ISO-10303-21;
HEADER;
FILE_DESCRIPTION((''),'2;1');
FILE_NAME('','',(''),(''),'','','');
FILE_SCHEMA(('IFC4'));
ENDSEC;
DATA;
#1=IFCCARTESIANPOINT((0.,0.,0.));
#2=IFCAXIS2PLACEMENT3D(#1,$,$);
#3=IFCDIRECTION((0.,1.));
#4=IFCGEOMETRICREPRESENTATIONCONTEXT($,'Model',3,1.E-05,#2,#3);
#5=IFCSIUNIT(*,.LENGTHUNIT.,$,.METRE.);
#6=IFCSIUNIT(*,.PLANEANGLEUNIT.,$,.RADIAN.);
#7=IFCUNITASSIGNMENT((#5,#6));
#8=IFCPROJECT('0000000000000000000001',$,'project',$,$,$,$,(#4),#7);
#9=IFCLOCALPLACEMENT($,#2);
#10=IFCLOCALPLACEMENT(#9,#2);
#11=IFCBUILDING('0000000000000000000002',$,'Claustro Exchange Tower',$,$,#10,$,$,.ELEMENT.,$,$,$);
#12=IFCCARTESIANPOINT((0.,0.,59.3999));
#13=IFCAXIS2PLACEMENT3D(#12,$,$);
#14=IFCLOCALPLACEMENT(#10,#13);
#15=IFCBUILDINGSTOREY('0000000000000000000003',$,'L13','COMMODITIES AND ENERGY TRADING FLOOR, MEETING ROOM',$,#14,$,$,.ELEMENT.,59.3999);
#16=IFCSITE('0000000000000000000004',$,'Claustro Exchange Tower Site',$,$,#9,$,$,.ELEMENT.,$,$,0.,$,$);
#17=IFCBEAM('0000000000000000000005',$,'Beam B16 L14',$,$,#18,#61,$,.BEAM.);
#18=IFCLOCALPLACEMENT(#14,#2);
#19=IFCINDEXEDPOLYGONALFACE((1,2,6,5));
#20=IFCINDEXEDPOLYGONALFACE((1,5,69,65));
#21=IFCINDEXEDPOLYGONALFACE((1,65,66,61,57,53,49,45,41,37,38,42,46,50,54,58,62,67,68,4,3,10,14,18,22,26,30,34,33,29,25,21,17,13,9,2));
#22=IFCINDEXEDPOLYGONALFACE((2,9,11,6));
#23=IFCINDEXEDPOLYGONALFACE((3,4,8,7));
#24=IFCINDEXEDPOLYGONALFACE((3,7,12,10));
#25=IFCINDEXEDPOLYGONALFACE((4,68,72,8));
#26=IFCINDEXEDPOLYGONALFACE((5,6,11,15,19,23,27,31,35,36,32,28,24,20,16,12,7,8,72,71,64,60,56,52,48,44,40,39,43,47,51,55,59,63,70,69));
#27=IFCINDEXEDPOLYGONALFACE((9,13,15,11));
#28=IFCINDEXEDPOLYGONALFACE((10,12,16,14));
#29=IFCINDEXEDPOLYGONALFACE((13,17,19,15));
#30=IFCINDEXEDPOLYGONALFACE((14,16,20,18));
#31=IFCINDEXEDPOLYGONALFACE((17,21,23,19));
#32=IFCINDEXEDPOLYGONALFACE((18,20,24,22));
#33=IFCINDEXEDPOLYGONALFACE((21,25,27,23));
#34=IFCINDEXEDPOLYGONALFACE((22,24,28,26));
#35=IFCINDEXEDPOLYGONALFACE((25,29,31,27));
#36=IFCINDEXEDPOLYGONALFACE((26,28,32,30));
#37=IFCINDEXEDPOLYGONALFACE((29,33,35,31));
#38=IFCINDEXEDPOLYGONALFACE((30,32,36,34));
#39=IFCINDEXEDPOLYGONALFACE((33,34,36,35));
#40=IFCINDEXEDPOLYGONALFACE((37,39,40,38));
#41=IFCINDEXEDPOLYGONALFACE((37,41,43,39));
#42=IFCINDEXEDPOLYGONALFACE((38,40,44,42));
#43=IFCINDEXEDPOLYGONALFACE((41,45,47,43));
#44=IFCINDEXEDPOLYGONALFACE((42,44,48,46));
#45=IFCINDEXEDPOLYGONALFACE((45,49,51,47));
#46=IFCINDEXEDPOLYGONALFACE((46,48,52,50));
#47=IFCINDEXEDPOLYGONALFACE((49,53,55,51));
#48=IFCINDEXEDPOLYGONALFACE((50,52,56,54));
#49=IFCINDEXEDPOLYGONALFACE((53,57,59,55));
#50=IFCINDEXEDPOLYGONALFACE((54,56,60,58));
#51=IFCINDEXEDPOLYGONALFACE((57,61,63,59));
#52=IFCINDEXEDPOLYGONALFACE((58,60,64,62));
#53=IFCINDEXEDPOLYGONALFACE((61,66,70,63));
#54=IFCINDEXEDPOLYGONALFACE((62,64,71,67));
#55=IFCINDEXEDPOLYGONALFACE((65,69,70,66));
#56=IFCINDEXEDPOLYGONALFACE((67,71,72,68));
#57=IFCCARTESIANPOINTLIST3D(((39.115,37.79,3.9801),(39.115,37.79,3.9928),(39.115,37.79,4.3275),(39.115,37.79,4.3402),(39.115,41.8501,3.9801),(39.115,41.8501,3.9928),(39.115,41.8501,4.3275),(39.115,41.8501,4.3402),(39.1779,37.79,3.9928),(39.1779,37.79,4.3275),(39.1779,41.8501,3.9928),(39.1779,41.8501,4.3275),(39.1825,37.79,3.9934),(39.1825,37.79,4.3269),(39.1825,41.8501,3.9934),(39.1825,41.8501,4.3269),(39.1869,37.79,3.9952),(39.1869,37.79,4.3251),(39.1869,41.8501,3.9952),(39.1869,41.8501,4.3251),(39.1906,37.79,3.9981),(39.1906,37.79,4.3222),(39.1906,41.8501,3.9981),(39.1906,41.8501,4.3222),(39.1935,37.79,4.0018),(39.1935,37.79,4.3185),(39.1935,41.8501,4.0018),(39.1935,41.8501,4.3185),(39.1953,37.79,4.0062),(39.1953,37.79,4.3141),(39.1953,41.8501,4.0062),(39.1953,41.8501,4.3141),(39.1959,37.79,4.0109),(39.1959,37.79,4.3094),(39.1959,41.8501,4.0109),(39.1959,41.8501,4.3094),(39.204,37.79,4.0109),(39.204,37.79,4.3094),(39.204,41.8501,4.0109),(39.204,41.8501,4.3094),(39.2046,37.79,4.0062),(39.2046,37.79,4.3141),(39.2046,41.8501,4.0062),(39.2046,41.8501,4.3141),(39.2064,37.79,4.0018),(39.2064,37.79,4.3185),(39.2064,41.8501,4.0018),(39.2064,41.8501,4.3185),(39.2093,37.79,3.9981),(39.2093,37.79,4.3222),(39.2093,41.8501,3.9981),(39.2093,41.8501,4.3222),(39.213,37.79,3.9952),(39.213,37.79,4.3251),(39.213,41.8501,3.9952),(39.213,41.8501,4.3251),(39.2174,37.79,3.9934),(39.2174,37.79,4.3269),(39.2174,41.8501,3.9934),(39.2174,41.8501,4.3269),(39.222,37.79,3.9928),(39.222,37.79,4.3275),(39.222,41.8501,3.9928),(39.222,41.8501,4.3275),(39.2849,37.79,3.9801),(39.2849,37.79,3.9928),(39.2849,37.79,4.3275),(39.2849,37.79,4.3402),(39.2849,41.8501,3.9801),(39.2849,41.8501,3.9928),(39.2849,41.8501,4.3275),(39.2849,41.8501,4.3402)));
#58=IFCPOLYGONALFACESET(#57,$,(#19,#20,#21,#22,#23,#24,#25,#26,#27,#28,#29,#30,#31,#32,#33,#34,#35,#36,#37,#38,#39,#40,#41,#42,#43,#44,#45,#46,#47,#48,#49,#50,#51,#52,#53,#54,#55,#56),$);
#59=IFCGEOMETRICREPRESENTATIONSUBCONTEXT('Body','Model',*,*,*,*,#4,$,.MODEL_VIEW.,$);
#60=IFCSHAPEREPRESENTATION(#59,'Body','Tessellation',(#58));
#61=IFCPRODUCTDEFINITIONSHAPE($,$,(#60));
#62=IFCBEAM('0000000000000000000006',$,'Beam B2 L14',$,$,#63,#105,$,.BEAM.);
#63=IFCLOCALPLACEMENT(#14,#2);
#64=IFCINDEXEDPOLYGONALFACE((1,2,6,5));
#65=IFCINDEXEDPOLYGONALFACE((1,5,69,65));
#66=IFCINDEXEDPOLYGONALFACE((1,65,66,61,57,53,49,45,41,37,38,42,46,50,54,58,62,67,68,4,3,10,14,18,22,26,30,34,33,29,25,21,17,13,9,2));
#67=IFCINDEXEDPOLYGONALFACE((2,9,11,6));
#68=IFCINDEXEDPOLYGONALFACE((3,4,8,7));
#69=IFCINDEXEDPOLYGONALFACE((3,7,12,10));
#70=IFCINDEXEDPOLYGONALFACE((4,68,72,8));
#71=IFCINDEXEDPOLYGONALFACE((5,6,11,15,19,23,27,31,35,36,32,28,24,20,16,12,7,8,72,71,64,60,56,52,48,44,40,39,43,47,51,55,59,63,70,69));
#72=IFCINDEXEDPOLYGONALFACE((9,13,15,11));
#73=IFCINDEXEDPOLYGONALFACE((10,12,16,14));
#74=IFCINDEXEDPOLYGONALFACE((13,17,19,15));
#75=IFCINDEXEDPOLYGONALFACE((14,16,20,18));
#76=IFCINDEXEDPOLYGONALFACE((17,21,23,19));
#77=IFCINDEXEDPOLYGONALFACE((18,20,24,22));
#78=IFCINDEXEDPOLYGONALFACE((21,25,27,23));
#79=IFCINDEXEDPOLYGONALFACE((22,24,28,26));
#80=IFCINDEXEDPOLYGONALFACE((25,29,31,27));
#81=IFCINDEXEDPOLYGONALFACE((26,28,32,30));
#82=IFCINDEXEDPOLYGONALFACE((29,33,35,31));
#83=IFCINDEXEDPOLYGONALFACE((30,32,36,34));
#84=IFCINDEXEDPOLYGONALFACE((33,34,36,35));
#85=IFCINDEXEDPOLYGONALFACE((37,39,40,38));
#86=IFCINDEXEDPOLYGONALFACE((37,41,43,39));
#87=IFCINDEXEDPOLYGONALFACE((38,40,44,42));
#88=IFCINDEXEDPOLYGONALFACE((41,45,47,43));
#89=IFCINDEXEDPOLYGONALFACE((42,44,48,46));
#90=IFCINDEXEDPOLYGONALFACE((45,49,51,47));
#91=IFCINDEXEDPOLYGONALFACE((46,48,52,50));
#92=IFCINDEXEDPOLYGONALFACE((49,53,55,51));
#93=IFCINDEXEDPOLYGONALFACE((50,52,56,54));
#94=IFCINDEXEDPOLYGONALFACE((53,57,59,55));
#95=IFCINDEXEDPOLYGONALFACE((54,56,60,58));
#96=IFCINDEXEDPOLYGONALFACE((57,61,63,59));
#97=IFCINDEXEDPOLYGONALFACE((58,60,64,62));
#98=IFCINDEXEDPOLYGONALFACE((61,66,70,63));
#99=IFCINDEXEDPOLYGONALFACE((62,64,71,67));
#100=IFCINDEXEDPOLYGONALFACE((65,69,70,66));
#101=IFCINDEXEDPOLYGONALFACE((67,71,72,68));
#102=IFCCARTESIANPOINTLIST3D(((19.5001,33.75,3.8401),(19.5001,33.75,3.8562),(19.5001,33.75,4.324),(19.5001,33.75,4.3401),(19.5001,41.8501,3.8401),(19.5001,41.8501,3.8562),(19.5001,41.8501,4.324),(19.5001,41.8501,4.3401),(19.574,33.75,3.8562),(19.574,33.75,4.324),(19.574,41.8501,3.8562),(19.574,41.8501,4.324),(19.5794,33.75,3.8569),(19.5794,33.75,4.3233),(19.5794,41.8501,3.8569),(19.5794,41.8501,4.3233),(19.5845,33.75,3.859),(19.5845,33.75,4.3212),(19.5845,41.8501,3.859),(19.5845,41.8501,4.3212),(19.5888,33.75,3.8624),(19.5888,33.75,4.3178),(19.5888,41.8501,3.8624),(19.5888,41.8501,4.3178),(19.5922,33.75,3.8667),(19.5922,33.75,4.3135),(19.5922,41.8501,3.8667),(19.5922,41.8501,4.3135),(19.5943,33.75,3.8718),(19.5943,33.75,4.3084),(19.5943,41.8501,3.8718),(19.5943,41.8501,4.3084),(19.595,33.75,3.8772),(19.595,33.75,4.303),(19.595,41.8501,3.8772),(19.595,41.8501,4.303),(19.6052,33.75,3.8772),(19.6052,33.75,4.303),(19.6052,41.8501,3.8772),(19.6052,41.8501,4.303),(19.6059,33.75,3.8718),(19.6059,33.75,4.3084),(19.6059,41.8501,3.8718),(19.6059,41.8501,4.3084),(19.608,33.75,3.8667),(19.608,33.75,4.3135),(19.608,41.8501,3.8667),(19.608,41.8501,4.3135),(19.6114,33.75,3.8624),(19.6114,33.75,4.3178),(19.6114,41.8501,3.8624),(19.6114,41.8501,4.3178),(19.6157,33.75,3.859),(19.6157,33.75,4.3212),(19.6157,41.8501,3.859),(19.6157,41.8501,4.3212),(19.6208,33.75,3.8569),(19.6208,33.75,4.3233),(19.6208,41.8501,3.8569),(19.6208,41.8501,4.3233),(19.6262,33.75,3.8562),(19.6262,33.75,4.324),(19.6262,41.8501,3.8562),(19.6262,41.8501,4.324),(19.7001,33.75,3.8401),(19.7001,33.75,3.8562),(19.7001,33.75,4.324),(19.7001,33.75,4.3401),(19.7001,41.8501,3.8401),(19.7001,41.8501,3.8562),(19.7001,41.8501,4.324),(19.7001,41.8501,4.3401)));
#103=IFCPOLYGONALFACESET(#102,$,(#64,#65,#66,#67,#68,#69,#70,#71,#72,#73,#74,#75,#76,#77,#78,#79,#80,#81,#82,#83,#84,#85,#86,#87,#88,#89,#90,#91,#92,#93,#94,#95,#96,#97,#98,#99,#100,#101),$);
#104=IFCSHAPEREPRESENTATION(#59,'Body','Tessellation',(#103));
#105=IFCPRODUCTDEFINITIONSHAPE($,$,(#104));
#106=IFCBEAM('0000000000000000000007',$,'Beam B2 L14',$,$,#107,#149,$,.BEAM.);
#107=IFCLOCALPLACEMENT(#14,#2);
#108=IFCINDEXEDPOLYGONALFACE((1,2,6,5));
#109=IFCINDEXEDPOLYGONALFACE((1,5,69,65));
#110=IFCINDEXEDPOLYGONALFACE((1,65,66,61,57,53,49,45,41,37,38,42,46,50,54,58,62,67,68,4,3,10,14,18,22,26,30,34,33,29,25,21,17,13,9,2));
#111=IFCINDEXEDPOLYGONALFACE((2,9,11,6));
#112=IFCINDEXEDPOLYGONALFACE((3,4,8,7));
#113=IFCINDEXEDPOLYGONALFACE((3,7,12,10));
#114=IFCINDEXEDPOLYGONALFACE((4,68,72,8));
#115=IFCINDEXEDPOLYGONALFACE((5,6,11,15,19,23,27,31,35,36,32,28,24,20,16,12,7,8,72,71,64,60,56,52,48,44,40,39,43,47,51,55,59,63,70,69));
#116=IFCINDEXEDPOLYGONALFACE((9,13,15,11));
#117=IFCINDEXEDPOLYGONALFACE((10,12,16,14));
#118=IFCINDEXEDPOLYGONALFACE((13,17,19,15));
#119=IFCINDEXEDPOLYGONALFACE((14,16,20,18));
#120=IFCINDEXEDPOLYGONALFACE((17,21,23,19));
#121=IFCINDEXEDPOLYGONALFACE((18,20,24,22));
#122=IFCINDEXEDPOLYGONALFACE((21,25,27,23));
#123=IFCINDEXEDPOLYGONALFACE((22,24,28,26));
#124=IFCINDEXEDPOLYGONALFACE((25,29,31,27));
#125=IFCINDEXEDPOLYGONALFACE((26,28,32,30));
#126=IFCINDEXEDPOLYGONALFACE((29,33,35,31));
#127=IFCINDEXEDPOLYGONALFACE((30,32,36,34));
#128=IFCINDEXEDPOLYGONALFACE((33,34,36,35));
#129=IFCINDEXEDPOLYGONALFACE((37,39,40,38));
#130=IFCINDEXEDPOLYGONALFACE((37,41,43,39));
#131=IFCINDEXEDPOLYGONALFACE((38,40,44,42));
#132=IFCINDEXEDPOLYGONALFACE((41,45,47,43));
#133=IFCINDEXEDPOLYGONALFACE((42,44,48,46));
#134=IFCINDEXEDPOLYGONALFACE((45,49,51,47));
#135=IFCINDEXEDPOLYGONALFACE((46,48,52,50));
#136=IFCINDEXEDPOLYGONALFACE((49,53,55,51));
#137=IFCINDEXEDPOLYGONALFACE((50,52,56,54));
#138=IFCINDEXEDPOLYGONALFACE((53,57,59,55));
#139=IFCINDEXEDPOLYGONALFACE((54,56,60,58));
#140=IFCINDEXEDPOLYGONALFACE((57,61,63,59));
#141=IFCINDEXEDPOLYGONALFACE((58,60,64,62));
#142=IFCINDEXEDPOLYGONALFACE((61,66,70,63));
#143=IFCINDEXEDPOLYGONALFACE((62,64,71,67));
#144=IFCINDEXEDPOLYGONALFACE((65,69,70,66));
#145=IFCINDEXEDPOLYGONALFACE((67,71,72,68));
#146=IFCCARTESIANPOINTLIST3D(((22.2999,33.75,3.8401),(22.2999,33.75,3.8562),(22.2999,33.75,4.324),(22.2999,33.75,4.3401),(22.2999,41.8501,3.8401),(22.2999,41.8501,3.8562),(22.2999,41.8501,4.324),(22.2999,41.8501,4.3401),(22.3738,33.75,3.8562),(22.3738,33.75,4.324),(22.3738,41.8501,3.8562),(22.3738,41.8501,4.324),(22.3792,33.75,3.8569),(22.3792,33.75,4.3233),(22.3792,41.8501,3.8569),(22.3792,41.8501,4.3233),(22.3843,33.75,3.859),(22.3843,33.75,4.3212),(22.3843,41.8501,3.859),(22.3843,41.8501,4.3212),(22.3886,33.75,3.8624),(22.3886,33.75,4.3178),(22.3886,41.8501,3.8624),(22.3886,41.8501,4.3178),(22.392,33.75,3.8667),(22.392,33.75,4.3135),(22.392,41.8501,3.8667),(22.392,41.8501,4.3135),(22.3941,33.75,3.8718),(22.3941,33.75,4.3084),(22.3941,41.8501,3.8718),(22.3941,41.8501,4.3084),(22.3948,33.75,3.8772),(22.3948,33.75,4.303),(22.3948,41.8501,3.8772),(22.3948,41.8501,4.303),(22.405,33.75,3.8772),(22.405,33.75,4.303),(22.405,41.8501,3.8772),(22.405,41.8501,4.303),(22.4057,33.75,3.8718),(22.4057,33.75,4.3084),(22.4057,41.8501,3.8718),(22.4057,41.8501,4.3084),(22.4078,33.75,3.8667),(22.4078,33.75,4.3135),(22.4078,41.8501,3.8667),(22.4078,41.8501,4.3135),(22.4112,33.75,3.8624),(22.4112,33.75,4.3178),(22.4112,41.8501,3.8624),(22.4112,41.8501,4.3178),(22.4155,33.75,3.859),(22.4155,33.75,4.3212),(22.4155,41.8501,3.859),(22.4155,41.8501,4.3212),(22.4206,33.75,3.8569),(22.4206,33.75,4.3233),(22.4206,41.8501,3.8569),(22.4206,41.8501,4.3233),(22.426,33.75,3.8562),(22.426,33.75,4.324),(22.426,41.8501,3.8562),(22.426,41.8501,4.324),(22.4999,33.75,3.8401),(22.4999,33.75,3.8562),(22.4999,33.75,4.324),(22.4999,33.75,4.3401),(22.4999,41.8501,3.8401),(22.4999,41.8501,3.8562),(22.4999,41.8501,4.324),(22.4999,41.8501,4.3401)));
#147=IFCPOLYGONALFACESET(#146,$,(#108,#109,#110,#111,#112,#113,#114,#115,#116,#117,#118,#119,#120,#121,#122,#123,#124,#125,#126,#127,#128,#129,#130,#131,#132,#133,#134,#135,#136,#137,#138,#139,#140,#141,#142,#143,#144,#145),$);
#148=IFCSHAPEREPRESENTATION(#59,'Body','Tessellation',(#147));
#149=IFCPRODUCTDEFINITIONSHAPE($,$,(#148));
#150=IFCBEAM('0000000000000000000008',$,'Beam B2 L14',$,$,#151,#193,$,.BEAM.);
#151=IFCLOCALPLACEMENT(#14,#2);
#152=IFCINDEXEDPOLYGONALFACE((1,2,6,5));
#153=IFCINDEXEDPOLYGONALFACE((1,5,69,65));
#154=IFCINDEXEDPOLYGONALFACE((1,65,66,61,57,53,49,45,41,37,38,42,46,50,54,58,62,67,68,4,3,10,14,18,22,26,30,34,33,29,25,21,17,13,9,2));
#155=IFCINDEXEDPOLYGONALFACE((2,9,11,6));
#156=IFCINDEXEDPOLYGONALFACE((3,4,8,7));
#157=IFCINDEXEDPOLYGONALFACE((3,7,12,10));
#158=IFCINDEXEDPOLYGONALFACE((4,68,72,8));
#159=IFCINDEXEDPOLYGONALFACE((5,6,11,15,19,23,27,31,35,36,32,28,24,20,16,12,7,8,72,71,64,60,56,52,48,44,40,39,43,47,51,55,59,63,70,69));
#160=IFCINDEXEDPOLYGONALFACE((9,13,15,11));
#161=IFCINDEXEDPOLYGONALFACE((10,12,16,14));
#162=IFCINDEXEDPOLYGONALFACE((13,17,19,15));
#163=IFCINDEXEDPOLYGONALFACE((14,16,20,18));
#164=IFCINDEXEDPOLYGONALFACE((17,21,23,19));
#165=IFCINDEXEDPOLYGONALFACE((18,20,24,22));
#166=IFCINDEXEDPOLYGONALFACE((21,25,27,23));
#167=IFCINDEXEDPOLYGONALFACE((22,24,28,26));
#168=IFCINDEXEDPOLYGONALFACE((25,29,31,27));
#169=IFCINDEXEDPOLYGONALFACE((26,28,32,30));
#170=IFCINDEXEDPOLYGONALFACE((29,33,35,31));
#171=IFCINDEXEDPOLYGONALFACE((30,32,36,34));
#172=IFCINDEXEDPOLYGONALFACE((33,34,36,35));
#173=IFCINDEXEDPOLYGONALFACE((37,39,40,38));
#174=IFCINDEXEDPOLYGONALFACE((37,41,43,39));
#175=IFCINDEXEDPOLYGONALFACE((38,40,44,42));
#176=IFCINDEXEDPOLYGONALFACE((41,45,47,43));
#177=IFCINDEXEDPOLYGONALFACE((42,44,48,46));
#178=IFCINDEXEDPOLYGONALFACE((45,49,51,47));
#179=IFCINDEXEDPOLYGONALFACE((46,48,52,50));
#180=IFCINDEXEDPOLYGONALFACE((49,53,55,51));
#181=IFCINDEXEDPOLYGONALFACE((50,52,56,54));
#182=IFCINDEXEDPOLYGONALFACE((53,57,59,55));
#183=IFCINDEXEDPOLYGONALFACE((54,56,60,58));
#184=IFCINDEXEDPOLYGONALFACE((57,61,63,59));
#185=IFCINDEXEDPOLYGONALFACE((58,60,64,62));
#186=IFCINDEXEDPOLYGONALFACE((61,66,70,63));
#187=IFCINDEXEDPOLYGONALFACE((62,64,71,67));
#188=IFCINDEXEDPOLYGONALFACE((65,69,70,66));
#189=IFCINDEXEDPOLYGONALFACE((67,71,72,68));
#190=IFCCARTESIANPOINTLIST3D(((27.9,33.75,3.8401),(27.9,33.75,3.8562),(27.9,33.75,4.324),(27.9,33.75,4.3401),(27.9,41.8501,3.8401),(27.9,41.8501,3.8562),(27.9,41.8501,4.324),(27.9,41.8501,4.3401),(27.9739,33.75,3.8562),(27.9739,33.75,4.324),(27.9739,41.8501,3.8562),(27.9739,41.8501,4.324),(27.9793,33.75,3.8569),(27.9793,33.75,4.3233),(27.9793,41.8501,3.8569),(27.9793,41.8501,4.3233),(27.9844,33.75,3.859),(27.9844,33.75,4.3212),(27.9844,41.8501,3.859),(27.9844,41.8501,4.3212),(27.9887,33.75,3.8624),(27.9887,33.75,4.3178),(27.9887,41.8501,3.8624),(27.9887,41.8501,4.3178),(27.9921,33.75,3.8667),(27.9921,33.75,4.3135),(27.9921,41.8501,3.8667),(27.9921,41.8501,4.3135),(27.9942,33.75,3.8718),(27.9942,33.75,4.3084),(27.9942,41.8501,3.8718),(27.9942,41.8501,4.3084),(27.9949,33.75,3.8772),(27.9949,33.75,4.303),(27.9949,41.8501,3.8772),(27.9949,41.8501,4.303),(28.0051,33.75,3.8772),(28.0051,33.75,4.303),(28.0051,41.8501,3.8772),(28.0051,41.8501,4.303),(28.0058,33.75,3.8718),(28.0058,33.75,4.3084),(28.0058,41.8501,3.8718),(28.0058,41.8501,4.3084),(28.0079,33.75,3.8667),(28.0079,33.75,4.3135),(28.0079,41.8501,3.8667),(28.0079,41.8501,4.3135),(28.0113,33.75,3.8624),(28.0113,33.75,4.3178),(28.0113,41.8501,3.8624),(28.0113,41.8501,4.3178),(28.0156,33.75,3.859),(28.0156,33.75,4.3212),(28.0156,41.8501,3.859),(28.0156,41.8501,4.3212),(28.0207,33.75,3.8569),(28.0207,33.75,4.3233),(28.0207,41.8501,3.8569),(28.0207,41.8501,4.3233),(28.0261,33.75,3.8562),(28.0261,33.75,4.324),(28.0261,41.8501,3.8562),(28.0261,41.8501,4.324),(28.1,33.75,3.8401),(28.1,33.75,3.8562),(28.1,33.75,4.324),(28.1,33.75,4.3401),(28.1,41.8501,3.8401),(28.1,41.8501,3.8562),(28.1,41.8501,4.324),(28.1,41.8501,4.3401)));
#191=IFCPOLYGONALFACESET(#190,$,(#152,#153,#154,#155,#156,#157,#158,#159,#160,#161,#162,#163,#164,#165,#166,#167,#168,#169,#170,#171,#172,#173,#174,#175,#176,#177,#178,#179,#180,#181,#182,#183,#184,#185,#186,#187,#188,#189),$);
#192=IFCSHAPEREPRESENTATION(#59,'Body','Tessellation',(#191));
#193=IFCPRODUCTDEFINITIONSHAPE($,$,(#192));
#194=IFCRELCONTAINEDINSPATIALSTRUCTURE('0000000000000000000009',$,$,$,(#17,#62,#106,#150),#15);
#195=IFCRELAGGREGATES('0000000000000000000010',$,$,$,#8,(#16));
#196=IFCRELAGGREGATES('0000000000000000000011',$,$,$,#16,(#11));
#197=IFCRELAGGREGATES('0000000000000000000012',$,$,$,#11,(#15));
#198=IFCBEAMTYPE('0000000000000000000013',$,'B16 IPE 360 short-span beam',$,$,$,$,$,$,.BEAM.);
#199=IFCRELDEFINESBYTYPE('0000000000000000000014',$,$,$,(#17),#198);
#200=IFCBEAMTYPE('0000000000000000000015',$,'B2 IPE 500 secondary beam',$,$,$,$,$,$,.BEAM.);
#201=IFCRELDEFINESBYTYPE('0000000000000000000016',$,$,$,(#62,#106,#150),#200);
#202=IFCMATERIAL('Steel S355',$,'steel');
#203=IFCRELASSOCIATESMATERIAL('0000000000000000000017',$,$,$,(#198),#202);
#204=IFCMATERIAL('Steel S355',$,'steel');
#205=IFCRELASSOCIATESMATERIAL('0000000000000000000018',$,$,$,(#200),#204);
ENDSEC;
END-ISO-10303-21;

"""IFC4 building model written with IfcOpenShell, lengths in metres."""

from ifc_helpers import new_model, si_unit, direction, frame, origin, origin_2d, place, context, subcontext, project, spatial, i_section, extrude, material, material_profile, profile_set, type_object, element, save


model = new_model("IFC4")

# Units and contexts
model_context = context("Model", 3, precision=1e-05, world=origin(), true_north=direction((0.0, 1.0)))
body_context = subcontext(model_context, "Body", "Model", "MODEL_VIEW")
ifc_project = project(units=[si_unit("LENGTHUNIT", "METRE"), si_unit("PLANEANGLEUNIT", "RADIAN")], contexts=[model_context])

# Site, building, storey
site_placement = place(None, origin())
site = spatial("IfcSite", under=ifc_project, at=site_placement, Name="Claustro Exchange Tower Site", CompositionType="ELEMENT", RefElevation=0.0)
building_placement = place(site_placement, origin())
building = spatial("IfcBuilding", under=site, at=building_placement, Name="Claustro Exchange Tower", CompositionType="ELEMENT")
storey_placement = place(building_placement, frame((0.0, 0.0, 59.3999)))
storey = spatial("IfcBuildingStorey", under=building, at=storey_placement, Name="L13", Description="COMMODITIES AND ENERGY TRADING FLOOR, MEETING ROOM", CompositionType="ELEMENT", Elevation=59.3999)

# Beams
ifc_material_1 = material(Name="Steel S355", Category="steel")
ifc_material_profile_1 = material_profile(ifc_material_1, i_section(OverallWidth=0.1699, OverallDepth=0.3601, WebThickness=0.0081, FlangeThickness=0.0127, FilletRadius=0.0181, at=origin_2d()), Name="IPE 360")
ifc_profile_set_1 = profile_set([ifc_material_profile_1], Name="Steel S355")
beam_type_1 = type_object("IfcBeamType", Name="B16 IPE 360 short-span beam", PredefinedType="BEAM", material=ifc_profile_set_1)
for number, where, z_axis, x_axis, name in (
    (1, (39.2, 37.79, 4.1602), (0.0, 1.0, 0.0), (-1.0, 0.0, 0.0), "Beam B16 L14"),
):
    element("IfcBeam", number, at=place(storey_placement, frame(where, z_axis=z_axis, x_axis=x_axis)), inside=storey, type_object=beam_type_1, Name=name, PredefinedType="BEAM", context=body_context, shape_type="SweptSolid", body=[
        extrude(i_section(OverallWidth=0.1699, OverallDepth=0.3601, WebThickness=0.0081, FlangeThickness=0.0127, FilletRadius=0.0181, at=origin_2d()), origin(), (0.0, 0.0, 1.0), 4.0601),
    ])
ifc_material_2 = material(Name="Steel S355", Category="steel")
ifc_material_profile_2 = material_profile(ifc_material_2, i_section(OverallWidth=0.2, OverallDepth=0.5, WebThickness=0.0103, FlangeThickness=0.0161, FilletRadius=0.021, at=origin_2d()), Name="IPE 500")
ifc_profile_set_2 = profile_set([ifc_material_profile_2], Name="Steel S355")
beam_type_2 = type_object("IfcBeamType", Name="B2 IPE 500 secondary beam", PredefinedType="BEAM", material=ifc_profile_set_2)
for number, where, z_axis, x_axis, name in (
    (2, (19.6001, 33.75, 4.0901), (0.0, 1.0, 0.0), (-1.0, 0.0, 0.0), "Beam B2 L14"),
    (3, (22.3999, 33.75, 4.0901), (0.0, 1.0, 0.0), (-1.0, 0.0, 0.0), "Beam B2 L14"),
    (4, (28.0, 33.75, 4.0901), (0.0, 1.0, 0.0), (-1.0, 0.0, 0.0), "Beam B2 L14"),
):
    element("IfcBeam", number, at=place(storey_placement, frame(where, z_axis=z_axis, x_axis=x_axis)), inside=storey, type_object=beam_type_2, Name=name, PredefinedType="BEAM", context=body_context, shape_type="SweptSolid", body=[
        extrude(i_section(OverallWidth=0.2, OverallDepth=0.5, WebThickness=0.0103, FlangeThickness=0.0161, FilletRadius=0.021, at=origin_2d()), origin(), (0.0, 0.0, 1.0), 8.1001),
    ])

save(model, "model.ifc")
